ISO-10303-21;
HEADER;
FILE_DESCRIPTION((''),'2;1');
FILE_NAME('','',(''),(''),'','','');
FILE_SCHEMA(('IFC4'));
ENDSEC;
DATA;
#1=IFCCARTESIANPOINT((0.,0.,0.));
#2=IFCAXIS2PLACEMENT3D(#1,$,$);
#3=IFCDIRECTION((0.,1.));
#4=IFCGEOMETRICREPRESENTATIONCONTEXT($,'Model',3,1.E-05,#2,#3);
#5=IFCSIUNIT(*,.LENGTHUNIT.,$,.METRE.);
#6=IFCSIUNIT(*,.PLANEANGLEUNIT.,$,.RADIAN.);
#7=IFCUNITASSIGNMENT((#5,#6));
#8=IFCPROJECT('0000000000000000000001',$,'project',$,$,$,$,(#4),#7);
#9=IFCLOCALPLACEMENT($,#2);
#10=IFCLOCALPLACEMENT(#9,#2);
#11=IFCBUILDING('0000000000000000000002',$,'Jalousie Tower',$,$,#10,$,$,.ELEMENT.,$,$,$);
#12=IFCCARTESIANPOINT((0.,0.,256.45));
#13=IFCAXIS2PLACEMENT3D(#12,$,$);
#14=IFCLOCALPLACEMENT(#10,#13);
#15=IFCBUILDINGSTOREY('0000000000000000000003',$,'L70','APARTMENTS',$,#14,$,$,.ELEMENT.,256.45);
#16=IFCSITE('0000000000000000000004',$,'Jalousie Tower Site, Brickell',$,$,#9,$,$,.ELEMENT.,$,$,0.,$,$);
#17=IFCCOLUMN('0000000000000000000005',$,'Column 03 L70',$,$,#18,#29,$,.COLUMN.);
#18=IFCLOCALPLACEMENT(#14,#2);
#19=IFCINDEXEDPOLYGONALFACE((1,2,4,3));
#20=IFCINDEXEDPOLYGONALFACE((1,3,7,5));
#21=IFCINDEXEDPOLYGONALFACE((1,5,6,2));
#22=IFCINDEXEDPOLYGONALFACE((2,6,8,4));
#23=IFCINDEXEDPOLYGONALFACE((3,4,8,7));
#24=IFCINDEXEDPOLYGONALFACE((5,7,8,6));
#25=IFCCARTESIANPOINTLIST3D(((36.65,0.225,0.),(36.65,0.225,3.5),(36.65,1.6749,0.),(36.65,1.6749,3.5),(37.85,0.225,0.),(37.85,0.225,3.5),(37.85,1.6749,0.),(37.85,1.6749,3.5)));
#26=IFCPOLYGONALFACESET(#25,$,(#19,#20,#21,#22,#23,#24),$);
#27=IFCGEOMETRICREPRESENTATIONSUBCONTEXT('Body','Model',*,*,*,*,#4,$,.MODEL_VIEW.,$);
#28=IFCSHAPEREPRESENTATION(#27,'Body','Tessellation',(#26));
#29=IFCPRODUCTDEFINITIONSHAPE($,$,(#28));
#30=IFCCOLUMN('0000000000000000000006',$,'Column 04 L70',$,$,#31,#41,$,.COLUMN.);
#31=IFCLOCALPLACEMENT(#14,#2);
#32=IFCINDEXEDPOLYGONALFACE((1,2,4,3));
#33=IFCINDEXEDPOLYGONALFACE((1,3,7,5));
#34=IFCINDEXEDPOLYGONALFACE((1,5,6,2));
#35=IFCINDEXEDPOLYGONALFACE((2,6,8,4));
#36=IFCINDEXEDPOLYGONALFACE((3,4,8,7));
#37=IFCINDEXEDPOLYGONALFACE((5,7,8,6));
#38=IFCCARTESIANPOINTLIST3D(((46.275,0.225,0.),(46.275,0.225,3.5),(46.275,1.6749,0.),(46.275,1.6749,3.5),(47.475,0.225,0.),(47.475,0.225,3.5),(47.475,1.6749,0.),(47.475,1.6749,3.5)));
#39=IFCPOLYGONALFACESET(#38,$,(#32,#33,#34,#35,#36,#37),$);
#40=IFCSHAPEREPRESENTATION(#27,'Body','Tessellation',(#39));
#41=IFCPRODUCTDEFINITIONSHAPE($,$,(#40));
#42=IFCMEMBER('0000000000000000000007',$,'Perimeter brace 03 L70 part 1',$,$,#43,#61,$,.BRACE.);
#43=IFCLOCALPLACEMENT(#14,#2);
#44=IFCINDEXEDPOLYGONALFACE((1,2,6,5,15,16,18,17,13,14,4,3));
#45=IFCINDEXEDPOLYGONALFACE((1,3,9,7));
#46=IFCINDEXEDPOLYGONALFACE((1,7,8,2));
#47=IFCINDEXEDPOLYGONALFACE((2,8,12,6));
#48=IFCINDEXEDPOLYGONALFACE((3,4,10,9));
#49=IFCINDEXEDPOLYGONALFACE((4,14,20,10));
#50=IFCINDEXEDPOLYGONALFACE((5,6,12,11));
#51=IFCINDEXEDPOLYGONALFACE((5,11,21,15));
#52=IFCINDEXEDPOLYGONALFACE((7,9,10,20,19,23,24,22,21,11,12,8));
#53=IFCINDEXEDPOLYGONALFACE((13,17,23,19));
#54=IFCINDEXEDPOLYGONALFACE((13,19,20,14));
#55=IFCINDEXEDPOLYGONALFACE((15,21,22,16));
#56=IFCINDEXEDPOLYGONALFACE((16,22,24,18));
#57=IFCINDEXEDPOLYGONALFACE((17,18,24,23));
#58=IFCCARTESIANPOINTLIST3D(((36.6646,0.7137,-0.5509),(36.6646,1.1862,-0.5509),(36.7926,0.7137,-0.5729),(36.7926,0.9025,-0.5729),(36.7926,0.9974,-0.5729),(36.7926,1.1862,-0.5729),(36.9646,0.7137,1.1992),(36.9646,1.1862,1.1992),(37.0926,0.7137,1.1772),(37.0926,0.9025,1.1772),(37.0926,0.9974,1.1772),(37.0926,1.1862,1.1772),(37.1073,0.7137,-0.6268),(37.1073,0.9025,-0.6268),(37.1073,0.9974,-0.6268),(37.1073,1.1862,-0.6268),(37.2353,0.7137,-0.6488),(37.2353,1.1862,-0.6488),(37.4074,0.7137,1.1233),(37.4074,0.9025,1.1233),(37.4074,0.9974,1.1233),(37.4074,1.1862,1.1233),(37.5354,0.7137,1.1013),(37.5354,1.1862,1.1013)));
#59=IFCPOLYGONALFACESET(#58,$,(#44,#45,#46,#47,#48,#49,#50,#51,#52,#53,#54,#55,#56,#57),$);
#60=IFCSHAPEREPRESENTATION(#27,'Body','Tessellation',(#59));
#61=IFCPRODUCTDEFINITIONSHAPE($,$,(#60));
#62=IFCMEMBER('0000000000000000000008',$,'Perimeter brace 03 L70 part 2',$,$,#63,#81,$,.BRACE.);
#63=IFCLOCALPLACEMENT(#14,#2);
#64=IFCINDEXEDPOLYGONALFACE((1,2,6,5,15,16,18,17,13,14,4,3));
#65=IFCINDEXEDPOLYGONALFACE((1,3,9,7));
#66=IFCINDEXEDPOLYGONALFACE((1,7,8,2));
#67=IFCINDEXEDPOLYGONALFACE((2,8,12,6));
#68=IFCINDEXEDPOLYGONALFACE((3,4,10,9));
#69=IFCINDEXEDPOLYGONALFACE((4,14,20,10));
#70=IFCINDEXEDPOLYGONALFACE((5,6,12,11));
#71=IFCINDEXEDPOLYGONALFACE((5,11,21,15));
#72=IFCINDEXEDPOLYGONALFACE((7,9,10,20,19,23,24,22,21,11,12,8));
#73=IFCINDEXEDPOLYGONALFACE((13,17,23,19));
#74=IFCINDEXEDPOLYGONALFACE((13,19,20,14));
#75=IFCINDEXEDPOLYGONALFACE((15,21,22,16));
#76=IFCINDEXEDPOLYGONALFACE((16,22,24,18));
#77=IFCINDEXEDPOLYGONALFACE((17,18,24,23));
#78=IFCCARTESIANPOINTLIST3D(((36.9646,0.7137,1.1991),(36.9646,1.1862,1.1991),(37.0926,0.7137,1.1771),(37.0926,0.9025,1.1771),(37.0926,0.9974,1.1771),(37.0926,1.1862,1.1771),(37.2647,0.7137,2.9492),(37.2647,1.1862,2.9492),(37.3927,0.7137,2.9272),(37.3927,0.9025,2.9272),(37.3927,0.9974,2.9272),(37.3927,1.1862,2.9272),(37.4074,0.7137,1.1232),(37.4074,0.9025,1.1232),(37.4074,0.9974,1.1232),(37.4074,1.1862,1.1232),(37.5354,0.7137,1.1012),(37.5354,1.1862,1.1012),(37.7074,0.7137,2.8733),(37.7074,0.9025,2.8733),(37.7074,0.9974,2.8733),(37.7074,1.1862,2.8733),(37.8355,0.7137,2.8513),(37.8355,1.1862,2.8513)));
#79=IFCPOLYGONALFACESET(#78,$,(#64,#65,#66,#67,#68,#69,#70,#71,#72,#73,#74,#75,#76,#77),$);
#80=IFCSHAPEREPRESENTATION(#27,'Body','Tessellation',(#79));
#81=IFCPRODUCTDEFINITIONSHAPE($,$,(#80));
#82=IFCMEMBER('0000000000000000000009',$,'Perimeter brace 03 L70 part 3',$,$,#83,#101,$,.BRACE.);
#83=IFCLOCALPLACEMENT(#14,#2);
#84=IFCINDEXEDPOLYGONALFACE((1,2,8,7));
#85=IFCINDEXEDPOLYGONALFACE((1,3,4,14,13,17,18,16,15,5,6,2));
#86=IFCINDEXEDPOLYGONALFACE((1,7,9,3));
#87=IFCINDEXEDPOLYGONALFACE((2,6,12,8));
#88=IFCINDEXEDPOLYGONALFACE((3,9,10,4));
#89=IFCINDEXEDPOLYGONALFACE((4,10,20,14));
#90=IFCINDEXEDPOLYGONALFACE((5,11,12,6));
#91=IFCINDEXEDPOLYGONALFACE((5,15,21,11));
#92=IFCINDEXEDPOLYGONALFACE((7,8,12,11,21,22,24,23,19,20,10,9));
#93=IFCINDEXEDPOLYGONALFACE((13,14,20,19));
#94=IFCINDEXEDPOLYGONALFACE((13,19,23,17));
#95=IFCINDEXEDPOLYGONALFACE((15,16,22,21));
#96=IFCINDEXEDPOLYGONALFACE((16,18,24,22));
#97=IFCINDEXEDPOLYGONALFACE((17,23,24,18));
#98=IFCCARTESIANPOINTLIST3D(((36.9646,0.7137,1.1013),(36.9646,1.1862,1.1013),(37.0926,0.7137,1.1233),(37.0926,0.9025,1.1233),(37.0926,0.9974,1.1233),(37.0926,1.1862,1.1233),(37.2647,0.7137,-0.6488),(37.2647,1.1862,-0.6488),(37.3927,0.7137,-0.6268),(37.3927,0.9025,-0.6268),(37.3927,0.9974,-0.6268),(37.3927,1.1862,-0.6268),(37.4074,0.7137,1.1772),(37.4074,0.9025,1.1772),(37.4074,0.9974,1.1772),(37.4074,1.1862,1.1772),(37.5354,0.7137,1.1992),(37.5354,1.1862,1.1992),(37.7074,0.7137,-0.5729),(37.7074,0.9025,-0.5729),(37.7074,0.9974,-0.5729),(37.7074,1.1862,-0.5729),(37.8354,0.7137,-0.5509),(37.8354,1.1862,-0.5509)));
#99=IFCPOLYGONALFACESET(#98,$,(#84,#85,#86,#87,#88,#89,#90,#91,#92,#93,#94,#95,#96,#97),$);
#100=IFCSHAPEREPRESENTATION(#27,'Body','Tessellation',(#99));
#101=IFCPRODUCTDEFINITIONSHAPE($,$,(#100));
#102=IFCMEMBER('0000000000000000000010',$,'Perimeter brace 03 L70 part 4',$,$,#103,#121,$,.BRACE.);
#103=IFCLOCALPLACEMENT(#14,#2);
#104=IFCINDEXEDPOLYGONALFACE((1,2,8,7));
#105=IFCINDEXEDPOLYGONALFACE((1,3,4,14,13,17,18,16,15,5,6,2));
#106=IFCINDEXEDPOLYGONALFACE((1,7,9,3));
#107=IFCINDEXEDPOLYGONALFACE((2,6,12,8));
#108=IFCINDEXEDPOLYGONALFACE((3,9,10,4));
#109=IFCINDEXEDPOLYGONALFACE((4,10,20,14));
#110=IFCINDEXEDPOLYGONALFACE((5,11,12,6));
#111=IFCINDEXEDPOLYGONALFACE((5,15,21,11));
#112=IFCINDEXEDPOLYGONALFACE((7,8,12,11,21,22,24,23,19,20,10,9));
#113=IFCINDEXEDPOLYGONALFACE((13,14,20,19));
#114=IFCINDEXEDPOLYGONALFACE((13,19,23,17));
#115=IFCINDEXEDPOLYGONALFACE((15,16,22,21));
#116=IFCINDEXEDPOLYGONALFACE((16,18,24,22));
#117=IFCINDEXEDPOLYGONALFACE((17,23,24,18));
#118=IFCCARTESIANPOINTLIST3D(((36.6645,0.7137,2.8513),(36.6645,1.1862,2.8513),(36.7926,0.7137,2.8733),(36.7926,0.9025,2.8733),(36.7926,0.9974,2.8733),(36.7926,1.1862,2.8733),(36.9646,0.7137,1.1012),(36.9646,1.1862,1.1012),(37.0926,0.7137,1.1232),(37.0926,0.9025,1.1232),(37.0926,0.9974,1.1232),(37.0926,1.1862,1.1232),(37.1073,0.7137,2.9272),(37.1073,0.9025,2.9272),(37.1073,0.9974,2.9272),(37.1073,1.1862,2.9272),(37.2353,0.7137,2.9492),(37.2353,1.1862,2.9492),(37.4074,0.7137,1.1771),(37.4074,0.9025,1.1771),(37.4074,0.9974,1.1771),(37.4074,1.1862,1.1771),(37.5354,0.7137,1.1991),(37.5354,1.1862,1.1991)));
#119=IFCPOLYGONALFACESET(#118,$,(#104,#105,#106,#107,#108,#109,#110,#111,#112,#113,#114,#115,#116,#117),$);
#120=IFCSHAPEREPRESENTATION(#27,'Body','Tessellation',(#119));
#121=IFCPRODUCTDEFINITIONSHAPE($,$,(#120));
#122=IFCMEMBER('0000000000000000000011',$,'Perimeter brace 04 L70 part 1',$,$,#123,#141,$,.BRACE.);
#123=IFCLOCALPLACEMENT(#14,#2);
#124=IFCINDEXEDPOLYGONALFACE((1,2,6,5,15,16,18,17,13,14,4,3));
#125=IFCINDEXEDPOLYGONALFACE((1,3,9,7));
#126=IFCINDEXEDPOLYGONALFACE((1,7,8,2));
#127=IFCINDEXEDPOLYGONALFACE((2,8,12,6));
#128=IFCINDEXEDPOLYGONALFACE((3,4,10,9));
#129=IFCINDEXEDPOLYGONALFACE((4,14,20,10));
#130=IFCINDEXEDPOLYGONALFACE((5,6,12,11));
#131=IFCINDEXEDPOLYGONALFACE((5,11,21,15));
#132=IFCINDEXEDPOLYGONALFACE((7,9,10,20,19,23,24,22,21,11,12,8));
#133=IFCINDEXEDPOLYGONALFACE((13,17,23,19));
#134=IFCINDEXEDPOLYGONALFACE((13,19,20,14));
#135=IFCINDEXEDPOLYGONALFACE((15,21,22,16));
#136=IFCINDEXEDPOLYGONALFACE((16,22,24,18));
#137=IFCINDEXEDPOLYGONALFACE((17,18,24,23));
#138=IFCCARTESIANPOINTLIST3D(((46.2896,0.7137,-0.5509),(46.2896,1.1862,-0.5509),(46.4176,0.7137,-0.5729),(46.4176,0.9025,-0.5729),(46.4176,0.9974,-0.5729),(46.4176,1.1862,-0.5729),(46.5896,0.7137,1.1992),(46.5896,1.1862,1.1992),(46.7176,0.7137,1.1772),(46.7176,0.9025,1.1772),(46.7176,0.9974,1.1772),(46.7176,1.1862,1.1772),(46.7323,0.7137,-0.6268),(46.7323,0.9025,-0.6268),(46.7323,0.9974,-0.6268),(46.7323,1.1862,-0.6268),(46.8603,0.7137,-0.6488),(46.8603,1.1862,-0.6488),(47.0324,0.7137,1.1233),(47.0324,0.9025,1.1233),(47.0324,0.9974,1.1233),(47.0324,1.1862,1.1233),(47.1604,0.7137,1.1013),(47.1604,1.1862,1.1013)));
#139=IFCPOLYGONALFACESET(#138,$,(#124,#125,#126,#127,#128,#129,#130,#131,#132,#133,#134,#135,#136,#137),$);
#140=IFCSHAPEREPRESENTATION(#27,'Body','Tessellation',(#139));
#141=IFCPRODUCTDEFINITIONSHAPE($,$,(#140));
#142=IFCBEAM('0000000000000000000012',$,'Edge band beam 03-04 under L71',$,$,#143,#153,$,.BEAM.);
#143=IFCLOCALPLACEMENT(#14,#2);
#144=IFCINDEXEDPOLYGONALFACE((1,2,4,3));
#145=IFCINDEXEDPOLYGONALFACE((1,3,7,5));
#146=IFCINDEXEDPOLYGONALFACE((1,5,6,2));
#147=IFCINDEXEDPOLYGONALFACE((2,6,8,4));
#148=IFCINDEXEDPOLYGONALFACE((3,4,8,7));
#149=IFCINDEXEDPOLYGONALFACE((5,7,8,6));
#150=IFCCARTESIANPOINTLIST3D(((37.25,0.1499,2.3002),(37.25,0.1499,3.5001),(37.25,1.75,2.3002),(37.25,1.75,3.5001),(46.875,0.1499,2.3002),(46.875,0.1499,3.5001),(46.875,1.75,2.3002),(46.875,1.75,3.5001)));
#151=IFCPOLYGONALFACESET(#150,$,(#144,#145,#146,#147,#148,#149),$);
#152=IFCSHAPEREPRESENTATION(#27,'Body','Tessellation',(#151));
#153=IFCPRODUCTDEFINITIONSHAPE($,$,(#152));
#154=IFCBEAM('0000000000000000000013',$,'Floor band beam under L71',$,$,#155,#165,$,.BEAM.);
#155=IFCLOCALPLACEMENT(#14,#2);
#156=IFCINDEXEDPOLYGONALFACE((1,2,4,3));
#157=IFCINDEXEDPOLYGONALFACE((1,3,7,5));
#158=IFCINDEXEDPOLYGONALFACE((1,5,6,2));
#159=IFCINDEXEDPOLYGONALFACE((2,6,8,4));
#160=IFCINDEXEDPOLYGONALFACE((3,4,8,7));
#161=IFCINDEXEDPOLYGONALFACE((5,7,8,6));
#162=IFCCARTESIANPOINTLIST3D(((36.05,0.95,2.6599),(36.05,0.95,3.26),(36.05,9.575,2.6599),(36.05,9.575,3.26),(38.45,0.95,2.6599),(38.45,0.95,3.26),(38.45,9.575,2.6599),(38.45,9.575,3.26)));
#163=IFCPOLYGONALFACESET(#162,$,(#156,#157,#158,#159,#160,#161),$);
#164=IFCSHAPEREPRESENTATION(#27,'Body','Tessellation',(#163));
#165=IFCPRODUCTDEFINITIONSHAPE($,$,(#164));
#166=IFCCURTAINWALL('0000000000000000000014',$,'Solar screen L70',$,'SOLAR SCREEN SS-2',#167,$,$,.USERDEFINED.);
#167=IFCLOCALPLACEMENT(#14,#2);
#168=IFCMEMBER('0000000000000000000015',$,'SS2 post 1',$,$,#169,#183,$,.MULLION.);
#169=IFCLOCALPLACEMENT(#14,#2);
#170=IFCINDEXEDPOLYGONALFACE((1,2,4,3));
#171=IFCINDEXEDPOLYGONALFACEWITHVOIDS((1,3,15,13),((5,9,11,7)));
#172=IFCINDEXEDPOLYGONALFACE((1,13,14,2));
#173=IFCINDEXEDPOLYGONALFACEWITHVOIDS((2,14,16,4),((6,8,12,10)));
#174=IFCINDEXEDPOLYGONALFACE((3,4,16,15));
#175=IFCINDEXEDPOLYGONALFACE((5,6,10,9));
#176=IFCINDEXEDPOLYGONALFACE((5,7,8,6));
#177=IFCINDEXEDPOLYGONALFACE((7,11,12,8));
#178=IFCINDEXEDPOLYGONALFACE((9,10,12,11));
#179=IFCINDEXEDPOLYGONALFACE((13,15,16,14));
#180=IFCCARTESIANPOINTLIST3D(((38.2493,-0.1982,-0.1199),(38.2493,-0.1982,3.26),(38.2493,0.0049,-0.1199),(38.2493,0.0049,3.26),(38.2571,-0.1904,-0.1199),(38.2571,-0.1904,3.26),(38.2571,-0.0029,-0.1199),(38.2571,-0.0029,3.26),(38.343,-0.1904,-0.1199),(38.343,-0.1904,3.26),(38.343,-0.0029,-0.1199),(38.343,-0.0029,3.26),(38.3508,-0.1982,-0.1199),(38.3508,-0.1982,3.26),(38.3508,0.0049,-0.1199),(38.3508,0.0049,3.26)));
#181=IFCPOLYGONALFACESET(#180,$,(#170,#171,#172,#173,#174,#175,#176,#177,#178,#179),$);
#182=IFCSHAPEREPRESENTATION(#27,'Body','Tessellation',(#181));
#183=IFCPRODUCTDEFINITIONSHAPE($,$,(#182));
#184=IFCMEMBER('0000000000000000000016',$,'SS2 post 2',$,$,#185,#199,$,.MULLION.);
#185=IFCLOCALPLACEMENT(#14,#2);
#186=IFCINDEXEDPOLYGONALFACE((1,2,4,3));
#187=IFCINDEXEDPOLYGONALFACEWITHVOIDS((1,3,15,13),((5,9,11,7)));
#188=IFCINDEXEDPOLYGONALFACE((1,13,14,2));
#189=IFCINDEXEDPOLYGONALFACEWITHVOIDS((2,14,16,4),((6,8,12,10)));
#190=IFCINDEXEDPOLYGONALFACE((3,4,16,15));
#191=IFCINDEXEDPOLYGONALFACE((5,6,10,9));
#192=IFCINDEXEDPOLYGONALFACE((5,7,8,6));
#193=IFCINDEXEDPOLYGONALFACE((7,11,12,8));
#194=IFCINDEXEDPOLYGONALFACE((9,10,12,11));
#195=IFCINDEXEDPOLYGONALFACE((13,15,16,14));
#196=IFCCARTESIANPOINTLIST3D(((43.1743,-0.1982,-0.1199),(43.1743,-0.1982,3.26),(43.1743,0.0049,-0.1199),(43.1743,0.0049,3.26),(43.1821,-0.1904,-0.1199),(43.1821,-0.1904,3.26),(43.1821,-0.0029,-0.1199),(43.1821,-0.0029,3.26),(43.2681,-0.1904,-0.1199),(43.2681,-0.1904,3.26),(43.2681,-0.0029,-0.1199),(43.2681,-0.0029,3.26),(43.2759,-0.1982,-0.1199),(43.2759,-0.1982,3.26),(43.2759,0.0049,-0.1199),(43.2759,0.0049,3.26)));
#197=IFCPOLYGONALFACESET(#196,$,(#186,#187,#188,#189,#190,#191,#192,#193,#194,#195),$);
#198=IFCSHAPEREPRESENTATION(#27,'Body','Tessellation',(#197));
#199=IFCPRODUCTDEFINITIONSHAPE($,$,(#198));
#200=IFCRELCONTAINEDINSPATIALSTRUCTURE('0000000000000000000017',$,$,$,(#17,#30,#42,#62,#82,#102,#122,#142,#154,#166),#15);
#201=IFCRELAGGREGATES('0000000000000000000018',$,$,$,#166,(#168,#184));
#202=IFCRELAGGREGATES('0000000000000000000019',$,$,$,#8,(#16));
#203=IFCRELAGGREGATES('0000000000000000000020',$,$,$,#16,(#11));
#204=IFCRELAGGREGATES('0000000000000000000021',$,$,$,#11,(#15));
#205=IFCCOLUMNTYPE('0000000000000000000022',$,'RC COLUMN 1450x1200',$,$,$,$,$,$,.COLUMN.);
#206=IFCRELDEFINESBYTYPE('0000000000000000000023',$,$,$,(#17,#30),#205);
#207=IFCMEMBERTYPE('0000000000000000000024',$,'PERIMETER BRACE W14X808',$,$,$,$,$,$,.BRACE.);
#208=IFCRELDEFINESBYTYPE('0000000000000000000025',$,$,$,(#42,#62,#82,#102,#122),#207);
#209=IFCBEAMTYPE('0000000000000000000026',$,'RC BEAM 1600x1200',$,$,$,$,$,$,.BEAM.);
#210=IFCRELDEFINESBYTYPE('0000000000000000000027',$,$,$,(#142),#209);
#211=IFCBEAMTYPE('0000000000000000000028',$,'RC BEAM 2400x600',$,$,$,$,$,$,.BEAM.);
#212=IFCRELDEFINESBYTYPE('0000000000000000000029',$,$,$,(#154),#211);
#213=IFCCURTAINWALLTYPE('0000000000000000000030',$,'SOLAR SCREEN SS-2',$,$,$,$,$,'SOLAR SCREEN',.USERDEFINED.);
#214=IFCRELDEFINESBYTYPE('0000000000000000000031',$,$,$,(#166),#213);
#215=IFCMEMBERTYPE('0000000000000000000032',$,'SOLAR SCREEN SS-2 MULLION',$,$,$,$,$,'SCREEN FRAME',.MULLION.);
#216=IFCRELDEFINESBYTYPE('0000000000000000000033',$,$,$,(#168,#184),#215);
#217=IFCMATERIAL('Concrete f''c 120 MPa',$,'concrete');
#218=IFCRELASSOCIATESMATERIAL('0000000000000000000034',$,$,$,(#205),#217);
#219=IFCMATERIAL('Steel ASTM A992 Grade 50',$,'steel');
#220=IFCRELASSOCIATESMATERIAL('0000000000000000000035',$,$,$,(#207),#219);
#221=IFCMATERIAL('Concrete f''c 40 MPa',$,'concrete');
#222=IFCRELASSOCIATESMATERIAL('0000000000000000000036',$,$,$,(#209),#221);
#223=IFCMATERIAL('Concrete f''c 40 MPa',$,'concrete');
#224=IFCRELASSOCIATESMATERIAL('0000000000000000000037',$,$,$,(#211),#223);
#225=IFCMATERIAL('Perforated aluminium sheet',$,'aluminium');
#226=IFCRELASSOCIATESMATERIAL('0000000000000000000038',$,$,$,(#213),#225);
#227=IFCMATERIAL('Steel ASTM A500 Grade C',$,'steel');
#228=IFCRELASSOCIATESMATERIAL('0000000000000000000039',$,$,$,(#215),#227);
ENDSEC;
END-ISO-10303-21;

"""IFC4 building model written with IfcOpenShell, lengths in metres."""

from ifc_helpers import new_model, si_unit, direction, frame, origin, origin_2d, place, context, subcontext, project, spatial, rectangle, hollow_rectangle, i_section, extrude, material, material_profile, profile_set, type_object, element, aggregate, save


model = new_model("IFC4")

# Units and contexts
model_context = context("Model", 3, precision=1e-05, world=origin(), true_north=direction((0.0, 1.0)))
body_context = subcontext(model_context, "Body", "Model", "MODEL_VIEW")
ifc_project = project(units=[si_unit("LENGTHUNIT", "METRE"), si_unit("PLANEANGLEUNIT", "RADIAN")], contexts=[model_context])

# Site, building, storey
site_placement = place(None, origin())
site = spatial("IfcSite", under=ifc_project, at=site_placement, Name="Jalousie Tower Site, Brickell", CompositionType="ELEMENT", RefElevation=0.0)
building_placement = place(site_placement, origin())
building = spatial("IfcBuilding", under=site, at=building_placement, Name="Jalousie Tower", CompositionType="ELEMENT")
storey_placement = place(building_placement, frame((0.0, 0.0, 256.45)))
storey = spatial("IfcBuildingStorey", under=building, at=storey_placement, Name="L70", Description="APARTMENTS", CompositionType="ELEMENT", Elevation=256.45)

# Columns
ifc_material_1 = material(Name="Concrete f'c 120 MPa", Category="concrete")
ifc_material_profile_1 = material_profile(ifc_material_1, rectangle(XDim=1.45, YDim=1.2, at=origin_2d()), Name="RC 1450x1200")
ifc_profile_set_1 = profile_set([ifc_material_profile_1], Name="Concrete f'c 120 MPa")
column_type = type_object("IfcColumnType", Name="RC COLUMN 1450x1200", PredefinedType="COLUMN", material=ifc_profile_set_1)
for number, where, z_axis, x_axis, name in (
    (1, (37.25, 0.95, 0.0), (0.0, 0.0, 1.0), (0.0, 1.0, 0.0), "Column 03 L70"),
    (2, (46.875, 0.95, 0.0), (0.0, 0.0, 1.0), (0.0, 1.0, 0.0), "Column 04 L70"),
):
    element("IfcColumn", number, at=place(storey_placement, frame(where, z_axis=z_axis, x_axis=x_axis)), inside=storey, type_object=column_type, Name=name, PredefinedType="COLUMN", context=body_context, shape_type="SweptSolid", body=[
        extrude(rectangle(XDim=1.45, YDim=1.2, at=origin_2d()), origin(), (0.0, 0.0, 1.0), 3.5),
    ])

# Members
ifc_material_2 = material(Name="Steel ASTM A992 Grade 50", Category="steel")
ifc_material_profile_2 = material_profile(ifc_material_2, i_section(OverallWidth=0.4724, OverallDepth=0.5791, WebThickness=0.095, FlangeThickness=0.1299, at=origin_2d()), Name="W14X808")
ifc_profile_set_2 = profile_set([ifc_material_profile_2], Name="Steel ASTM A992 Grade 50")
member_type_1 = type_object("IfcMemberType", Name="PERIMETER BRACE W14X808", PredefinedType="BRACE", material=ifc_profile_set_2)
for number, where, z_axis, x_axis, name in (
    (3, (36.95, 0.95, -0.5999), (0.168991, 0.0, 0.985618), (0.0, 1.0, 0.0), "Perimeter brace 03 L70 part 1"),
    (4, (37.25, 0.95, 1.1501), (0.168991, 0.0, 0.985618), (0.0, 1.0, 0.0), "Perimeter brace 03 L70 part 2"),
    (5, (37.55, 0.95, -0.5999), (-0.168991, 0.0, 0.985618), (0.0, -1.0, 0.0), "Perimeter brace 03 L70 part 3"),
    (6, (37.25, 0.95, 1.1501), (-0.168991, 0.0, 0.985618), (0.0, -1.0, 0.0), "Perimeter brace 03 L70 part 4"),
    (7, (46.575, 0.95, -0.5999), (0.168991, 0.0, 0.985618), (0.0, 1.0, 0.0), "Perimeter brace 04 L70 part 1"),
):
    element("IfcMember", number, at=place(storey_placement, frame(where, z_axis=z_axis, x_axis=x_axis)), inside=storey, type_object=member_type_1, Name=name, PredefinedType="BRACE", context=body_context, shape_type="SweptSolid", body=[
        extrude(i_section(OverallWidth=0.4724, OverallDepth=0.5791, WebThickness=0.095, FlangeThickness=0.1299, at=origin_2d()), origin(), (0.0, 0.0, 1.0), 1.7756),
    ])

# Beams
ifc_material_3 = material(Name="Concrete f'c 40 MPa", Category="concrete")
ifc_material_profile_3 = material_profile(ifc_material_3, rectangle(XDim=1.6001, YDim=1.2, at=origin_2d()), Name="RC 1600x1200")
ifc_profile_set_3 = profile_set([ifc_material_profile_3], Name="Concrete f'c 40 MPa")
beam_type_1 = type_object("IfcBeamType", Name="RC BEAM 1600x1200", PredefinedType="BEAM", material=ifc_profile_set_3)
beam_1_placement = place(storey_placement, frame((37.25, 0.95, 2.9001), z_axis=(1.0, 0.0, 0.0), x_axis=(0.0, 1.0, 0.0)))
element("IfcBeam", 8, at=beam_1_placement, inside=storey, type_object=beam_type_1, Name="Edge band beam 03-04 under L71", PredefinedType="BEAM", context=body_context, shape_type="SweptSolid", body=[
    extrude(rectangle(XDim=1.6001, YDim=1.2, at=origin_2d()), origin(), (0.0, 0.0, 1.0), 9.625),
])
ifc_material_4 = material(Name="Concrete f'c 40 MPa", Category="concrete")
ifc_material_profile_4 = material_profile(ifc_material_4, rectangle(XDim=2.3999, YDim=0.6001, at=origin_2d()), Name="RC 2400x600")
ifc_profile_set_4 = profile_set([ifc_material_profile_4], Name="Concrete f'c 40 MPa")
beam_type_2 = type_object("IfcBeamType", Name="RC BEAM 2400x600", PredefinedType="BEAM", material=ifc_profile_set_4)
beam_2_placement = place(storey_placement, frame((37.25, 0.95, 2.96), z_axis=(0.0, 1.0, 0.0), x_axis=(-1.0, 0.0, 0.0)))
element("IfcBeam", 9, at=beam_2_placement, inside=storey, type_object=beam_type_2, Name="Floor band beam under L71", PredefinedType="BEAM", context=body_context, shape_type="SweptSolid", body=[
    extrude(rectangle(XDim=2.3999, YDim=0.6001, at=origin_2d()), origin(), (0.0, 0.0, 1.0), 8.625),
])

# Curtain wall, members
ifc_material_5 = material(Name="Perforated aluminium sheet", Category="aluminium")
curtain_wall_type = type_object("IfcCurtainWallType", Name="SOLAR SCREEN SS-2", ElementType="SOLAR SCREEN", PredefinedType="USERDEFINED", material=ifc_material_5)
curtain_wall_1_placement = place(storey_placement, origin())
curtain_wall_1 = element("IfcCurtainWall", 10, at=curtain_wall_1_placement, inside=storey, type_object=curtain_wall_type, Name="Solar screen L70", ObjectType="SOLAR SCREEN SS-2", PredefinedType="USERDEFINED")
ifc_material_6 = material(Name="Steel ASTM A500 Grade C", Category="steel")
ifc_material_profile_5 = material_profile(ifc_material_6, hollow_rectangle(XDim=0.1016, YDim=0.2031, WallThickness=0.0078, at=origin_2d()), Name="HSS8X4X5/16")
ifc_profile_set_5 = profile_set([ifc_material_profile_5], Name="Steel ASTM A500 Grade C")
member_type_2 = type_object("IfcMemberType", Name="SOLAR SCREEN SS-2 MULLION", ElementType="SCREEN FRAME", PredefinedType="MULLION", material=ifc_profile_set_5)
member_1_placement = place(storey_placement, frame((38.3, -0.0967, -0.1199), z_axis=(0.0, 0.0, 1.0), x_axis=(1.0, 0.0, 0.0)))
member_1 = element("IfcMember", 11, at=member_1_placement, type_object=member_type_2, Name="SS2 post 1", PredefinedType="MULLION", context=body_context, shape_type="SweptSolid", body=[
    extrude(hollow_rectangle(XDim=0.1016, YDim=0.2031, WallThickness=0.0078, at=origin_2d()), origin(), (0.0, 0.0, 1.0), 3.3799),
])
member_2_placement = place(storey_placement, frame((43.2251, -0.0967, -0.1199), z_axis=(0.0, 0.0, 1.0), x_axis=(1.0, 0.0, 0.0)))
member_2 = element("IfcMember", 12, at=member_2_placement, type_object=member_type_2, Name="SS2 post 2", PredefinedType="MULLION", context=body_context, shape_type="SweptSolid", body=[
    extrude(hollow_rectangle(XDim=0.1016, YDim=0.2031, WallThickness=0.0078, at=origin_2d()), origin(), (0.0, 0.0, 1.0), 3.3799),
])

aggregate(curtain_wall_1, [member_1, member_2])

save(model, "model.ifc")
